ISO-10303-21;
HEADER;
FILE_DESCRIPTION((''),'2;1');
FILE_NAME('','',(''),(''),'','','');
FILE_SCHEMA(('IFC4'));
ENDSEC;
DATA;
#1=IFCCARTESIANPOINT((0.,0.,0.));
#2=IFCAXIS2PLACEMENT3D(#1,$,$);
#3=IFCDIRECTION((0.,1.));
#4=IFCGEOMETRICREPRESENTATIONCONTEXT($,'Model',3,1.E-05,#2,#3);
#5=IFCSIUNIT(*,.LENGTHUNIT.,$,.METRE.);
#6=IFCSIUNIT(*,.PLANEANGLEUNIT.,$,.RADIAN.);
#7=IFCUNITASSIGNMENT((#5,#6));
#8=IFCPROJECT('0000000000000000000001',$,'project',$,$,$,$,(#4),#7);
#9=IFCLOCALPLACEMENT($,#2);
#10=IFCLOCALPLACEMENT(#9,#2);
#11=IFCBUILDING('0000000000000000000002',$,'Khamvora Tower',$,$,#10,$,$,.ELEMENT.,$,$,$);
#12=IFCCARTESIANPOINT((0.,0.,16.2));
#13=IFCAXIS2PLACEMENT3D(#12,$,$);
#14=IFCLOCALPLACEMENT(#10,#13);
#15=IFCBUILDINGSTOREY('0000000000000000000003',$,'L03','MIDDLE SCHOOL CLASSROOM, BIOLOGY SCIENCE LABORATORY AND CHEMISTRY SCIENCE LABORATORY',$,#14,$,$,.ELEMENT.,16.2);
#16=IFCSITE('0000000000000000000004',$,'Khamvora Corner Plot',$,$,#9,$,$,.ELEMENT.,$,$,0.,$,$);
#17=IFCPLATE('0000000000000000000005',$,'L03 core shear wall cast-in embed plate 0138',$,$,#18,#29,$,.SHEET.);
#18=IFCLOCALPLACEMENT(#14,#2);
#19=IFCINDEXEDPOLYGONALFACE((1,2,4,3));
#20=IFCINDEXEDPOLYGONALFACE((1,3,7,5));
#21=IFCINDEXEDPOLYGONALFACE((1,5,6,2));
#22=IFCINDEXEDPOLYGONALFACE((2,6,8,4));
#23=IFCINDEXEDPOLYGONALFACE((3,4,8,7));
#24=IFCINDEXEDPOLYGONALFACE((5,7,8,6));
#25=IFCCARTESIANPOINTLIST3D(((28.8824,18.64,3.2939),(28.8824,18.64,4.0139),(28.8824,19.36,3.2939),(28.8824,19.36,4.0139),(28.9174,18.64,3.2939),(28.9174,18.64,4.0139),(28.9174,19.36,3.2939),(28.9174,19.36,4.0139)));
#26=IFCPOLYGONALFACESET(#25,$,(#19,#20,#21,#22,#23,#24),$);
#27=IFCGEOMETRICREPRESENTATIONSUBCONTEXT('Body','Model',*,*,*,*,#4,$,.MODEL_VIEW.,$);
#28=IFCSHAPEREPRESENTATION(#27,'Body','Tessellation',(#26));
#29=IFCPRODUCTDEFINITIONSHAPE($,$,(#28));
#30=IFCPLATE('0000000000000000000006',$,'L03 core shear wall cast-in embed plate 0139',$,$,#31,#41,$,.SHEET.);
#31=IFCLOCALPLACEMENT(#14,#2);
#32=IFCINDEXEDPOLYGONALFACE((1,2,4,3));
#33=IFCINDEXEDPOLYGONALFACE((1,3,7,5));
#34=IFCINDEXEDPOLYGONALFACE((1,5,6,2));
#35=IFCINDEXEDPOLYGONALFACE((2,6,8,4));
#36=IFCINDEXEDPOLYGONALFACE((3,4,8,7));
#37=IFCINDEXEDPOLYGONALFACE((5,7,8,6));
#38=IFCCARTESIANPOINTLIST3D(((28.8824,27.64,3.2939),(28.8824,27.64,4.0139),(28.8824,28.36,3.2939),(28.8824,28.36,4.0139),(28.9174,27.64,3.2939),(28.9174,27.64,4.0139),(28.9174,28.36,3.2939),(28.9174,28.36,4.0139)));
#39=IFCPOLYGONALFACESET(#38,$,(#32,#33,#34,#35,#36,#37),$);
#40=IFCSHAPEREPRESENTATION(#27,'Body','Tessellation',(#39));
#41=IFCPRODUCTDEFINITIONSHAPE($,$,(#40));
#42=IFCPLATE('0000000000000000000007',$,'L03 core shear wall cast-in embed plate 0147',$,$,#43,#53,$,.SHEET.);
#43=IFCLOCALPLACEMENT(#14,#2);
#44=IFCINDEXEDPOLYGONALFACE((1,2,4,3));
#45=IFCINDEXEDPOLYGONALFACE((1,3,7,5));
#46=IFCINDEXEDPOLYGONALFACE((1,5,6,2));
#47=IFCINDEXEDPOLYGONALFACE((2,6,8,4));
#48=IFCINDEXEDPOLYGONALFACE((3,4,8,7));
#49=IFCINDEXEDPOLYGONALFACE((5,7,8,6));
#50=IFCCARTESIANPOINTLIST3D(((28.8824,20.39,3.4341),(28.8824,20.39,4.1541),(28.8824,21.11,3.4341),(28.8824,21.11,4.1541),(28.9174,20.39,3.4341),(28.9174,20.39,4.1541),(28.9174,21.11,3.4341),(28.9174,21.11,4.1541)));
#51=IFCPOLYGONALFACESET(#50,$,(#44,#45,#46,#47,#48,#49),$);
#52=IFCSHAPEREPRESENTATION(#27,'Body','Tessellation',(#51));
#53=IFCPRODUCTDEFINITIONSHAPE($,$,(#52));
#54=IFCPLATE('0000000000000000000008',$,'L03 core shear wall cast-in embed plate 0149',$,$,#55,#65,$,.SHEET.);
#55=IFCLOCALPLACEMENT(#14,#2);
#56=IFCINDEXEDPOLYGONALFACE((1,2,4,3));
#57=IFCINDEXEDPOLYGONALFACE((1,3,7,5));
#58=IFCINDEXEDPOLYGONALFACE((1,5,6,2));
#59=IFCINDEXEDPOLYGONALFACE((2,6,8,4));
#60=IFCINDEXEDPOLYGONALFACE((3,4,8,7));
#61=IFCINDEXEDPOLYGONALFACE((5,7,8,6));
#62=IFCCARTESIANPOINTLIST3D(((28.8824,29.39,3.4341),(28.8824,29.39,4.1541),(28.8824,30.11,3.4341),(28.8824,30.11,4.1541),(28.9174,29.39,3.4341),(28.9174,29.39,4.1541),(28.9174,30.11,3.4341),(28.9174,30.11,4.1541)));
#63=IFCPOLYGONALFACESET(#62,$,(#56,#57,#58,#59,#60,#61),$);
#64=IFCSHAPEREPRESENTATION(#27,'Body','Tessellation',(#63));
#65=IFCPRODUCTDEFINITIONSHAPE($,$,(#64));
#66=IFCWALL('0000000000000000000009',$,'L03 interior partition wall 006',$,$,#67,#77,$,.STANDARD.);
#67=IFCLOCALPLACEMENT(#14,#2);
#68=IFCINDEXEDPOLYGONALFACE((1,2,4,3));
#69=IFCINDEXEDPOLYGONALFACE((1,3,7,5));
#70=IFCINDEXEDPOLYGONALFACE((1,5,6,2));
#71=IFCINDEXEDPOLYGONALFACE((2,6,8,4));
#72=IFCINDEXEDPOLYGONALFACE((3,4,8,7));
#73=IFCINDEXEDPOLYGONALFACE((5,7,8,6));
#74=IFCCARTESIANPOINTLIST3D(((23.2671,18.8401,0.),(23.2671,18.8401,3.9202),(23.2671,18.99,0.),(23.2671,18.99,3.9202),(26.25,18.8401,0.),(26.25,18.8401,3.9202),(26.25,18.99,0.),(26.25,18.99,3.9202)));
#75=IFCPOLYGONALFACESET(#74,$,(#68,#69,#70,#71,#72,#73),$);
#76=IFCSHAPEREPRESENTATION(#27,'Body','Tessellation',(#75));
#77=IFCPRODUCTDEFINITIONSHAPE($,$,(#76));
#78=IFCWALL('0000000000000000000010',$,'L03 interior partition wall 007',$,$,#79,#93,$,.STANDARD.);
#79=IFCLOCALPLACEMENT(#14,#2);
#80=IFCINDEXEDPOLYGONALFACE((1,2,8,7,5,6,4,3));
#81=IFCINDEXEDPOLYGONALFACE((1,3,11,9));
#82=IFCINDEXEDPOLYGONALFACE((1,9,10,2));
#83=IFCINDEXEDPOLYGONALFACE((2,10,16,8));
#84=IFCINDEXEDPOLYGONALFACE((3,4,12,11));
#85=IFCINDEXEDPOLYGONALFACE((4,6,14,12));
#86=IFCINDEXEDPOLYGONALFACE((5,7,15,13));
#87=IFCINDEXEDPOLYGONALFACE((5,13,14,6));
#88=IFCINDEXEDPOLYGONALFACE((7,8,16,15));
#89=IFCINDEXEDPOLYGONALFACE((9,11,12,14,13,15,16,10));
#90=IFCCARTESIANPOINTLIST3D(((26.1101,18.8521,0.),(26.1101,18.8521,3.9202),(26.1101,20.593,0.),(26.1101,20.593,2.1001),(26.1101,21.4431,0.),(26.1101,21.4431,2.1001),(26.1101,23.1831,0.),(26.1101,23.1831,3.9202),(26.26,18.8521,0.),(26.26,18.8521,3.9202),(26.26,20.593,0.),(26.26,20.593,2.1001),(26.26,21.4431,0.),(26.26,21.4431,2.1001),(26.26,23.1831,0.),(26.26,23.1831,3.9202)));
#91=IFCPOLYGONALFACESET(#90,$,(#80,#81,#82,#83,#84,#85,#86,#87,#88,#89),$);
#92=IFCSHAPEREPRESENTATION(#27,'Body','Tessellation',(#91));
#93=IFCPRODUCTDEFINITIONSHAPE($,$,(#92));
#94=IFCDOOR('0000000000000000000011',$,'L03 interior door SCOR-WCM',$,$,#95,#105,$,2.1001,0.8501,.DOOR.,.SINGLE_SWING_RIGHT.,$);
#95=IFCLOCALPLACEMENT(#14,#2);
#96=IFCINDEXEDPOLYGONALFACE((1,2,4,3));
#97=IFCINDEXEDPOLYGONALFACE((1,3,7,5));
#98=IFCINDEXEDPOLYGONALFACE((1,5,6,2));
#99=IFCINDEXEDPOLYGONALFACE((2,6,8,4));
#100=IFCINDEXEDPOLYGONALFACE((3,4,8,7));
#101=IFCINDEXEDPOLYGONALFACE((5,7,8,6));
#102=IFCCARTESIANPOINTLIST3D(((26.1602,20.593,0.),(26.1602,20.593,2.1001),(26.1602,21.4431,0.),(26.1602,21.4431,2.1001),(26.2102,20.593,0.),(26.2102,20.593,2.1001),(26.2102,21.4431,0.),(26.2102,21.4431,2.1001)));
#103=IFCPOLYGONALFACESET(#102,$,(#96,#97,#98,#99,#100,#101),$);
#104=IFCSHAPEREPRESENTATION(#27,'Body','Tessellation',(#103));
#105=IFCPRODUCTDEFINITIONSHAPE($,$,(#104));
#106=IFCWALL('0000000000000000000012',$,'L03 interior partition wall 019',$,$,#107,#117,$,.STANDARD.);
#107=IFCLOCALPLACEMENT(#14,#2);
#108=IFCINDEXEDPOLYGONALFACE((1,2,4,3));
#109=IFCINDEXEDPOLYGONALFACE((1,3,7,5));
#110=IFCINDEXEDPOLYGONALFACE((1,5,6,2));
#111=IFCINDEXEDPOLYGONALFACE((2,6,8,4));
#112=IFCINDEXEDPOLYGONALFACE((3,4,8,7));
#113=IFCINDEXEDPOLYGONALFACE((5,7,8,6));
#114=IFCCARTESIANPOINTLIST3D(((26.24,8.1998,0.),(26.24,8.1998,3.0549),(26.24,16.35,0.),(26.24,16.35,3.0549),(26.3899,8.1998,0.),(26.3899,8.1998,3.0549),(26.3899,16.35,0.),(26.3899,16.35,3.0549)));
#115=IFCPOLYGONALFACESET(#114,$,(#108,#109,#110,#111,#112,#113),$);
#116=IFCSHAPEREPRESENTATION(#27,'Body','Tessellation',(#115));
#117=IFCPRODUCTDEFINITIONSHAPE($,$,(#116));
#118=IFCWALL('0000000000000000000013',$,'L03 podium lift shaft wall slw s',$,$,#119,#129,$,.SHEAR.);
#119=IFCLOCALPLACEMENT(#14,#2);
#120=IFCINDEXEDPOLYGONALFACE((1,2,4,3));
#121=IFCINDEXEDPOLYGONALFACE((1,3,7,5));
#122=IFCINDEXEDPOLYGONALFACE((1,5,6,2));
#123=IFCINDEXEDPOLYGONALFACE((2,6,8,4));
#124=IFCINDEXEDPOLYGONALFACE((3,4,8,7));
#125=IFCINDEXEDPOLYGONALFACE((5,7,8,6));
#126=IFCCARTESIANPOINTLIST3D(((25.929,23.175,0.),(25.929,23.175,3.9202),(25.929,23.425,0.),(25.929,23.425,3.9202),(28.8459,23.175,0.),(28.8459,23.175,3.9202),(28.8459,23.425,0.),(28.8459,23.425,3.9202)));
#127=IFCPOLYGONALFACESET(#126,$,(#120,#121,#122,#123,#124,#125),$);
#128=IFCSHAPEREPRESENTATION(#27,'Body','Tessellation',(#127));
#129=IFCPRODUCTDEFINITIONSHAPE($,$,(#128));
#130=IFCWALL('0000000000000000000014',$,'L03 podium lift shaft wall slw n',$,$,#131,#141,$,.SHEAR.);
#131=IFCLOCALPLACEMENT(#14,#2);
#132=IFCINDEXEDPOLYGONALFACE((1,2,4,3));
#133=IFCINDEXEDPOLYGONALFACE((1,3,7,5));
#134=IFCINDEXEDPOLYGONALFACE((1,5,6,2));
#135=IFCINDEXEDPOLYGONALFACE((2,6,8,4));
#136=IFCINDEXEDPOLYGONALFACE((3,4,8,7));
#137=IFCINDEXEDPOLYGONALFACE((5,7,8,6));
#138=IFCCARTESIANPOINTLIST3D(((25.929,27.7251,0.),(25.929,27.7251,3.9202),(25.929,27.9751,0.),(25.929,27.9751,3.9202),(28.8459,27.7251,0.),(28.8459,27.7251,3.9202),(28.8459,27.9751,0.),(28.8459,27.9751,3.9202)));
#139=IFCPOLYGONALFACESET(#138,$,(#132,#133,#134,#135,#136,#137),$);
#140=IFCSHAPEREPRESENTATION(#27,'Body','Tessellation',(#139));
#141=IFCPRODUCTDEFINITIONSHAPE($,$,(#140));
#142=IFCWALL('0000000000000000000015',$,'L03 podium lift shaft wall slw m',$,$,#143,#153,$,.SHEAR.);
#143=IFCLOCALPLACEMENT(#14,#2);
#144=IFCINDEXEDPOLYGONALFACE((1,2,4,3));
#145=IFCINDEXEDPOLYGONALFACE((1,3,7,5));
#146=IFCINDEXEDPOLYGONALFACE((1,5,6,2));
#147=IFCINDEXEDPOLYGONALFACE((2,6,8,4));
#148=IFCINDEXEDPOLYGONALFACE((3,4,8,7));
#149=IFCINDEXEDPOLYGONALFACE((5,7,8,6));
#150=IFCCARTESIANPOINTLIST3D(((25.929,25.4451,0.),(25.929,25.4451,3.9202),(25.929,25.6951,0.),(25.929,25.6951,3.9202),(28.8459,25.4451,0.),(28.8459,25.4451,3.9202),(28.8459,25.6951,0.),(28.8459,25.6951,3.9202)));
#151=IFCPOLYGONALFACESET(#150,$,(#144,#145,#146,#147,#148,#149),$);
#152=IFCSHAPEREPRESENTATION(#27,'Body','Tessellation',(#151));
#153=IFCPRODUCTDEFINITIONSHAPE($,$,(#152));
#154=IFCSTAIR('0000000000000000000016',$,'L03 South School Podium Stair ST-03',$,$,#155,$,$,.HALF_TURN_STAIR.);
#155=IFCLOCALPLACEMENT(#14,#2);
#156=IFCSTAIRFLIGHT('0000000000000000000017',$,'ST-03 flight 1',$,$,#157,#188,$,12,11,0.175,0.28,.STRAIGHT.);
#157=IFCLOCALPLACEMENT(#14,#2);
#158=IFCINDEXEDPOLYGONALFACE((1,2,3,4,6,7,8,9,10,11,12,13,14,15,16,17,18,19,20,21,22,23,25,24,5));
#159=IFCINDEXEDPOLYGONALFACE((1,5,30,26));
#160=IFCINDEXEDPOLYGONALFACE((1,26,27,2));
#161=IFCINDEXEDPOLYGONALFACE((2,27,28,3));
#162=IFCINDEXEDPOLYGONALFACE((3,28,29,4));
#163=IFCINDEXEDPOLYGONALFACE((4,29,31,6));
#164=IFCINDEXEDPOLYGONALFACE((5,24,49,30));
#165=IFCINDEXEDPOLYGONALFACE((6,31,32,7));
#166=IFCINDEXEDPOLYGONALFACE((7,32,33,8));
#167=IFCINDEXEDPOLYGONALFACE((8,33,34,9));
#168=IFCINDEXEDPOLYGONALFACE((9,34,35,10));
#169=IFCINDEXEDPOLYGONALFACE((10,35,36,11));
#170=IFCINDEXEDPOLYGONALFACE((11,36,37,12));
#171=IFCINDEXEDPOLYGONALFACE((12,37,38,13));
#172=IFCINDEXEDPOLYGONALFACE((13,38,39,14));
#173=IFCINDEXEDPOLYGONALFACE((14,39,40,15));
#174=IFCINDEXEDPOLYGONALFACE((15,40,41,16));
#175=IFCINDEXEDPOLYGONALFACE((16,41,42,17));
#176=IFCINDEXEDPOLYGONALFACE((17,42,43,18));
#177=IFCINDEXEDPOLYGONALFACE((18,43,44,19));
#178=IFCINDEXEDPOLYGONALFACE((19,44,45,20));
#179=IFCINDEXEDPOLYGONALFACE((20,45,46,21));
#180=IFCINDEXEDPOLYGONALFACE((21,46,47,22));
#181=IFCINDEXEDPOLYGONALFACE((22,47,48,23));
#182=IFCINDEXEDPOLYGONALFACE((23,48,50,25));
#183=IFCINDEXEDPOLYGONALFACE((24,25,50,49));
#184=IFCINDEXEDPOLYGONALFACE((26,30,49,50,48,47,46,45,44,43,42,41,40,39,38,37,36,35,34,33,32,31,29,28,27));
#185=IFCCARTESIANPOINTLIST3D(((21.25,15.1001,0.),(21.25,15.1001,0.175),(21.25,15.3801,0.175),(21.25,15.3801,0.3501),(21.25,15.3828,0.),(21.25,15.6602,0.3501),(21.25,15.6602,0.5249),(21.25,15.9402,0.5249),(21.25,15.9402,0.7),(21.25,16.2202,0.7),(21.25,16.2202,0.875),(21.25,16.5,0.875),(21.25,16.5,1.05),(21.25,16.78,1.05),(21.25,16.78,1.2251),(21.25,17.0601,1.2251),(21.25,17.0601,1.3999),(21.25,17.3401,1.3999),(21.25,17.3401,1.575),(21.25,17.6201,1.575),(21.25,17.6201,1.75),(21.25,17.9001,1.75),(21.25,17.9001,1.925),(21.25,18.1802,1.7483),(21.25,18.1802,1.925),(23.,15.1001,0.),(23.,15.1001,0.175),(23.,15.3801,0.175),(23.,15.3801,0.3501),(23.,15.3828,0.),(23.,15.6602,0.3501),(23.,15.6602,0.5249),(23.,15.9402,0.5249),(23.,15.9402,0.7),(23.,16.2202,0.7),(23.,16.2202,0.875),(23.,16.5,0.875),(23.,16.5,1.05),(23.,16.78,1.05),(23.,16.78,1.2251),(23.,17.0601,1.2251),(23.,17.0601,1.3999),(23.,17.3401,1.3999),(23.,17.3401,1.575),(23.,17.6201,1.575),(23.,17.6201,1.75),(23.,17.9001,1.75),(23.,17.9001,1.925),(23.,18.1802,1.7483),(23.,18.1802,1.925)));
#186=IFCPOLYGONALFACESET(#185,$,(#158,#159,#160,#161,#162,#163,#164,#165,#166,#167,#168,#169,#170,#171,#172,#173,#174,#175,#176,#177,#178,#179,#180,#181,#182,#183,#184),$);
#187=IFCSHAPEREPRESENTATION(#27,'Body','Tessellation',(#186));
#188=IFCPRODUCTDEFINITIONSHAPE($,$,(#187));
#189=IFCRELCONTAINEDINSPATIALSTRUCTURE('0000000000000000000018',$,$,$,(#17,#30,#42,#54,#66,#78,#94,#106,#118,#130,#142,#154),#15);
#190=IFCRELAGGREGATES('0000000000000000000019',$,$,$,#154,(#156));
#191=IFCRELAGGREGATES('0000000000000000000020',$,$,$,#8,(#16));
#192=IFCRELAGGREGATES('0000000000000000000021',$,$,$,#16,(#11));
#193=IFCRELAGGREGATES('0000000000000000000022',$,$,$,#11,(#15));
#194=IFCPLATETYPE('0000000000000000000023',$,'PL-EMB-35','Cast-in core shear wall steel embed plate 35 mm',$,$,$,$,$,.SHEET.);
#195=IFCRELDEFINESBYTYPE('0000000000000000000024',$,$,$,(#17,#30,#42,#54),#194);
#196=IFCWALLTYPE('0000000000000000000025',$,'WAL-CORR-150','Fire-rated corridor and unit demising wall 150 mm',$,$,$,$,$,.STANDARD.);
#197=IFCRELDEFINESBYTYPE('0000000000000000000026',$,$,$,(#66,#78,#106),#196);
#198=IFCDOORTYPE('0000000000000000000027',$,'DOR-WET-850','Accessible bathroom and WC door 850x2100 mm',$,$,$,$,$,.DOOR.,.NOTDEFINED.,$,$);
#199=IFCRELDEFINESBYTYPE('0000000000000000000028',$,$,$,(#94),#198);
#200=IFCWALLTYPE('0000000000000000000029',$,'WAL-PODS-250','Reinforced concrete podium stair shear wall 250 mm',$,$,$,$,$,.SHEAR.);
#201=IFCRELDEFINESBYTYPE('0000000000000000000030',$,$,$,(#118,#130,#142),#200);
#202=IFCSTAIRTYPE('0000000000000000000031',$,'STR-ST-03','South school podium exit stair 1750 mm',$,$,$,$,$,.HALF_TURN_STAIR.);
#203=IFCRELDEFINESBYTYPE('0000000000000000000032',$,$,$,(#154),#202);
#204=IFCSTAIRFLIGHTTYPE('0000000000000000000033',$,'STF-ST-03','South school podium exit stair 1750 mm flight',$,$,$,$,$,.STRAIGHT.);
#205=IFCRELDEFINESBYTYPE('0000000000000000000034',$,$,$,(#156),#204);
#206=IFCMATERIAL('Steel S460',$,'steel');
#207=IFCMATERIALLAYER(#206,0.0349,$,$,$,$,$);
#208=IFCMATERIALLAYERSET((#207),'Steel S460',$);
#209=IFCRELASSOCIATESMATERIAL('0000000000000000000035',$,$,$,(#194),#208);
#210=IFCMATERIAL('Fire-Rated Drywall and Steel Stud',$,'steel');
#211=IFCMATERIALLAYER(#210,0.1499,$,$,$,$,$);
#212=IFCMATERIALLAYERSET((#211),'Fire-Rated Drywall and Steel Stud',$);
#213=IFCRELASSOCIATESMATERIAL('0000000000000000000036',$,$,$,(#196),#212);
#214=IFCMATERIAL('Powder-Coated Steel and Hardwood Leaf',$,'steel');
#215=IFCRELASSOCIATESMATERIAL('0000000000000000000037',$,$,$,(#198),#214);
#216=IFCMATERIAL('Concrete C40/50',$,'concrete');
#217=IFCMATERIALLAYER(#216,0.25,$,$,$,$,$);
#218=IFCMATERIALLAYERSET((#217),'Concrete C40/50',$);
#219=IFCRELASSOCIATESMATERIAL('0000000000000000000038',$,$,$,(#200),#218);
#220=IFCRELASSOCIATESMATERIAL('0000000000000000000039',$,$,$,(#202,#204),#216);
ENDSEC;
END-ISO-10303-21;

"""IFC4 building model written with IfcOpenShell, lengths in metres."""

from ifc_helpers import new_model, si_unit, direction, frame, frame_2d, origin, origin_2d, place, context, subcontext, project, spatial, polyline, rectangle, outline, extrude, material, layer, layer_set, type_object, element, fill, aggregate, save


model = new_model("IFC4")

# Units and contexts
model_context = context("Model", 3, precision=1e-05, world=origin(), true_north=direction((0.0, 1.0)))
body_context = subcontext(model_context, "Body", "Model", "MODEL_VIEW")
ifc_project = project(units=[si_unit("LENGTHUNIT", "METRE"), si_unit("PLANEANGLEUNIT", "RADIAN")], contexts=[model_context])

# Site, building, storey
site_placement = place(None, origin())
site = spatial("IfcSite", under=ifc_project, at=site_placement, Name="Khamvora Corner Plot", CompositionType="ELEMENT", RefElevation=0.0)
building_placement = place(site_placement, origin())
building = spatial("IfcBuilding", under=site, at=building_placement, Name="Khamvora Tower", CompositionType="ELEMENT")
storey_placement = place(building_placement, frame((0.0, 0.0, 16.2)))
storey = spatial("IfcBuildingStorey", under=building, at=storey_placement, Name="L03", Description="MIDDLE SCHOOL CLASSROOM, BIOLOGY SCIENCE LABORATORY AND CHEMISTRY SCIENCE LABORATORY", CompositionType="ELEMENT", Elevation=16.2)

# Plates
ifc_material_1 = material(Name="Steel S460", Category="steel")
ifc_layer_1 = layer(ifc_material_1, 0.0349)
ifc_layer_set_1 = layer_set([ifc_layer_1], Name="Steel S460")
plate_type = type_object("IfcPlateType", Name="PL-EMB-35", Description="Cast-in core shear wall steel embed plate 35 mm", PredefinedType="SHEET", material=ifc_layer_set_1)
for number, where, z_axis, x_axis, name in (
    (1, (28.8999, 19.0, 3.2939), (0.0, 0.0, 1.0), (1.0, 0.0, 0.0), "L03 core shear wall cast-in embed plate 0138"),
    (2, (28.8999, 28.0, 3.2939), (0.0, 0.0, 1.0), (1.0, 0.0, 0.0), "L03 core shear wall cast-in embed plate 0139"),
    (3, (28.8999, 20.75, 3.4341), (0.0, 0.0, 1.0), (1.0, 0.0, 0.0), "L03 core shear wall cast-in embed plate 0147"),
    (4, (28.8999, 29.75, 3.4341), (0.0, 0.0, 1.0), (1.0, 0.0, 0.0), "L03 core shear wall cast-in embed plate 0149"),
):
    element("IfcPlate", number, at=place(storey_placement, frame(where, z_axis=z_axis, x_axis=x_axis)), inside=storey, type_object=plate_type, Name=name, PredefinedType="SHEET", context=body_context, shape_type="SweptSolid", body=[
        extrude(rectangle(XDim=0.0349, YDim=0.72, at=origin_2d()), origin(), (0.0, 0.0, 1.0), 0.72),
    ])

# Wall
ifc_material_2 = material(Name="Fire-Rated Drywall and Steel Stud", Category="steel")
ifc_layer_2 = layer(ifc_material_2, 0.1499)
ifc_layer_set_2 = layer_set([ifc_layer_2], Name="Fire-Rated Drywall and Steel Stud")
wall_type_1 = type_object("IfcWallType", Name="WAL-CORR-150", Description="Fire-rated corridor and unit demising wall 150 mm", PredefinedType="STANDARD", material=ifc_layer_set_2)
wall_1_placement = place(storey_placement, frame((23.2671, 18.915, 0.0), z_axis=(0.0, 0.0, 1.0), x_axis=(1.0, 0.0, 0.0)))
element("IfcWall", 5, at=wall_1_placement, inside=storey, type_object=wall_type_1, Name="L03 interior partition wall 006", PredefinedType="STANDARD", context=body_context, shape_type="SweptSolid", body=[
    extrude(rectangle(XDim=2.9829, YDim=0.1499, at=frame_2d((1.4915, 0.0))), origin(), (0.0, 0.0, 1.0), 3.9202),
])

# Wall, opening, door
wall_2_placement = place(storey_placement, frame((26.1851, 18.8521, 0.0), z_axis=(0.0, 0.0, 1.0), x_axis=(0.0, 1.0, 0.0)))
wall_2 = element("IfcWall", 6, at=wall_2_placement, inside=storey, type_object=wall_type_1, Name="L03 interior partition wall 007", PredefinedType="STANDARD", context=body_context, shape_type="SweptSolid", body=[
    extrude(rectangle(XDim=4.3311, YDim=0.1499, at=frame_2d((2.1655, 0.0))), origin(), (0.0, 0.0, 1.0), 3.9202),
])
opening_1_placement = place(wall_2_placement, frame((1.741, 0.0, 0.0)))
opening_1 = element("IfcOpeningElement", 7, at=opening_1_placement, cuts=wall_2, PredefinedType="OPENING", context=body_context, shape_type="SweptSolid", body=[
    extrude(rectangle(XDim=0.8501, YDim=2.1001, at=frame_2d((0.425, 1.05))), frame((0.0, 0.085, 0.0), z_axis=(0.0, -1.0, 0.0), x_axis=(1.0, 0.0, 0.0)), (0.0, 0.0, 1.0), 0.1699),
])
ifc_material_3 = material(Name="Powder-Coated Steel and Hardwood Leaf", Category="steel")
door_type_1 = type_object("IfcDoorType", Name="DOR-WET-850", Description="Accessible bathroom and WC door 850x2100 mm", OperationType="NOTDEFINED", PredefinedType="DOOR", material=ifc_material_3)
door_1_placement = place(opening_1_placement, origin())
door_1 = element("IfcDoor", 8, at=door_1_placement, inside=storey, type_object=door_type_1, Name="L03 interior door SCOR-WCM", OperationType="SINGLE_SWING_RIGHT", OverallHeight=2.1001, OverallWidth=0.8501, PredefinedType="DOOR", context=body_context, shape_type="SweptSolid", body=[
    extrude(rectangle(XDim=0.8501, YDim=2.1001, at=frame_2d((0.425, 1.05))), frame((0.0, 0.0249, 0.0), z_axis=(0.0, -1.0, 0.0), x_axis=(1.0, 0.0, 0.0)), (0.0, 0.0, 1.0), 0.05),
])
fill(opening_1, door_1)

# Wall
wall_3_placement = place(storey_placement, frame((26.3149, 16.3501, 0.0), z_axis=(0.0, 0.0, 1.0), x_axis=(0.0, -1.0, 0.0)))
element("IfcWall", 9, at=wall_3_placement, inside=storey, type_object=wall_type_1, Name="L03 interior partition wall 019", PredefinedType="STANDARD", context=body_context, shape_type="SweptSolid", body=[
    extrude(rectangle(XDim=8.1501, YDim=0.1499, at=frame_2d((4.0752, 0.0))), origin(), (0.0, 0.0, 1.0), 3.0549),
])

# Shared definitions
ifc_material_4 = material(Name="Concrete C40/50", Category="concrete")
ifc_layer_3 = layer(ifc_material_4, 0.25)
ifc_layer_set_3 = layer_set([ifc_layer_3], Name="Concrete C40/50")
wall_type_2 = type_object("IfcWallType", Name="WAL-PODS-250", Description="Reinforced concrete podium stair shear wall 250 mm", PredefinedType="SHEAR", material=ifc_layer_set_3)

# Walls
for number, where, z_axis, x_axis, name in (
    (10, (25.929, 23.3, 0.0), (0.0, 0.0, 1.0), (1.0, 0.0, 0.0), "L03 podium lift shaft wall slw s"),
    (11, (25.929, 27.8501, 0.0), (0.0, 0.0, 1.0), (1.0, 0.0, 0.0), "L03 podium lift shaft wall slw n"),
    (12, (25.929, 25.5701, 0.0), (0.0, 0.0, 1.0), (1.0, 0.0, 0.0), "L03 podium lift shaft wall slw m"),
):
    element("IfcWall", number, at=place(storey_placement, frame(where, z_axis=z_axis, x_axis=x_axis)), inside=storey, type_object=wall_type_2, Name=name, PredefinedType="SHEAR", context=body_context, shape_type="SweptSolid", body=[
        extrude(rectangle(XDim=2.917, YDim=0.25, at=frame_2d((1.4585, 0.0))), origin(), (0.0, 0.0, 1.0), 3.9202),
    ])

# Stair, stair flight
stair_type = type_object("IfcStairType", Name="STR-ST-03", Description="South school podium exit stair 1750 mm", PredefinedType="HALF_TURN_STAIR", material=ifc_material_4)
stair_placement = place(storey_placement, origin())
stair = element("IfcStair", 13, at=stair_placement, inside=storey, type_object=stair_type, Name="L03 South School Podium Stair ST-03", PredefinedType="HALF_TURN_STAIR")
stair_flight_type = type_object("IfcStairFlightType", Name="STF-ST-03", Description="South school podium exit stair 1750 mm flight", PredefinedType="STRAIGHT", material=ifc_material_4)
stair_flight_1_placement = place(storey_placement, frame((22.125, 15.1001, 0.0), z_axis=(0.0, 0.0, 1.0), x_axis=(0.0, 1.0, 0.0)))
stair_flight_1 = element("IfcStairFlight", 14, at=stair_flight_1_placement, type_object=stair_flight_type, Name="ST-03 flight 1", NumberOfRisers=12, NumberOfTreads=11, PredefinedType="STRAIGHT", RiserHeight=0.175, TreadLength=0.28, context=body_context, shape_type="SweptSolid", body=[
    extrude(outline(polyline([(0.0, 0.0), (0.0, 0.175), (0.28, 0.175), (0.28, 0.3501), (0.5601, 0.3501), (0.5601, 0.5249), (0.8401, 0.5249), (0.8401, 0.7), (1.1201, 0.7), (1.1201, 0.875), (1.3999, 0.875), (1.3999, 1.05), (1.6799, 1.05), (1.6799, 1.2251), (1.96, 1.2251), (1.96, 1.3999), (2.24, 1.3999), (2.24, 1.575), (2.52, 1.575), (2.52, 1.75), (2.8, 1.75), (2.8, 1.925), (3.0801, 1.925), (3.0801, 2.1001), (3.0801, 1.7483), (0.2827, 0.0), (0.0, 0.0)])), frame((0.0, 0.875, 0.0), z_axis=(0.0, -1.0, 0.0), x_axis=(1.0, 0.0, 0.0)), (0.0, 0.0, 1.0), 1.75),
])
aggregate(stair, [stair_flight_1])

save(model, "model.ifc")
